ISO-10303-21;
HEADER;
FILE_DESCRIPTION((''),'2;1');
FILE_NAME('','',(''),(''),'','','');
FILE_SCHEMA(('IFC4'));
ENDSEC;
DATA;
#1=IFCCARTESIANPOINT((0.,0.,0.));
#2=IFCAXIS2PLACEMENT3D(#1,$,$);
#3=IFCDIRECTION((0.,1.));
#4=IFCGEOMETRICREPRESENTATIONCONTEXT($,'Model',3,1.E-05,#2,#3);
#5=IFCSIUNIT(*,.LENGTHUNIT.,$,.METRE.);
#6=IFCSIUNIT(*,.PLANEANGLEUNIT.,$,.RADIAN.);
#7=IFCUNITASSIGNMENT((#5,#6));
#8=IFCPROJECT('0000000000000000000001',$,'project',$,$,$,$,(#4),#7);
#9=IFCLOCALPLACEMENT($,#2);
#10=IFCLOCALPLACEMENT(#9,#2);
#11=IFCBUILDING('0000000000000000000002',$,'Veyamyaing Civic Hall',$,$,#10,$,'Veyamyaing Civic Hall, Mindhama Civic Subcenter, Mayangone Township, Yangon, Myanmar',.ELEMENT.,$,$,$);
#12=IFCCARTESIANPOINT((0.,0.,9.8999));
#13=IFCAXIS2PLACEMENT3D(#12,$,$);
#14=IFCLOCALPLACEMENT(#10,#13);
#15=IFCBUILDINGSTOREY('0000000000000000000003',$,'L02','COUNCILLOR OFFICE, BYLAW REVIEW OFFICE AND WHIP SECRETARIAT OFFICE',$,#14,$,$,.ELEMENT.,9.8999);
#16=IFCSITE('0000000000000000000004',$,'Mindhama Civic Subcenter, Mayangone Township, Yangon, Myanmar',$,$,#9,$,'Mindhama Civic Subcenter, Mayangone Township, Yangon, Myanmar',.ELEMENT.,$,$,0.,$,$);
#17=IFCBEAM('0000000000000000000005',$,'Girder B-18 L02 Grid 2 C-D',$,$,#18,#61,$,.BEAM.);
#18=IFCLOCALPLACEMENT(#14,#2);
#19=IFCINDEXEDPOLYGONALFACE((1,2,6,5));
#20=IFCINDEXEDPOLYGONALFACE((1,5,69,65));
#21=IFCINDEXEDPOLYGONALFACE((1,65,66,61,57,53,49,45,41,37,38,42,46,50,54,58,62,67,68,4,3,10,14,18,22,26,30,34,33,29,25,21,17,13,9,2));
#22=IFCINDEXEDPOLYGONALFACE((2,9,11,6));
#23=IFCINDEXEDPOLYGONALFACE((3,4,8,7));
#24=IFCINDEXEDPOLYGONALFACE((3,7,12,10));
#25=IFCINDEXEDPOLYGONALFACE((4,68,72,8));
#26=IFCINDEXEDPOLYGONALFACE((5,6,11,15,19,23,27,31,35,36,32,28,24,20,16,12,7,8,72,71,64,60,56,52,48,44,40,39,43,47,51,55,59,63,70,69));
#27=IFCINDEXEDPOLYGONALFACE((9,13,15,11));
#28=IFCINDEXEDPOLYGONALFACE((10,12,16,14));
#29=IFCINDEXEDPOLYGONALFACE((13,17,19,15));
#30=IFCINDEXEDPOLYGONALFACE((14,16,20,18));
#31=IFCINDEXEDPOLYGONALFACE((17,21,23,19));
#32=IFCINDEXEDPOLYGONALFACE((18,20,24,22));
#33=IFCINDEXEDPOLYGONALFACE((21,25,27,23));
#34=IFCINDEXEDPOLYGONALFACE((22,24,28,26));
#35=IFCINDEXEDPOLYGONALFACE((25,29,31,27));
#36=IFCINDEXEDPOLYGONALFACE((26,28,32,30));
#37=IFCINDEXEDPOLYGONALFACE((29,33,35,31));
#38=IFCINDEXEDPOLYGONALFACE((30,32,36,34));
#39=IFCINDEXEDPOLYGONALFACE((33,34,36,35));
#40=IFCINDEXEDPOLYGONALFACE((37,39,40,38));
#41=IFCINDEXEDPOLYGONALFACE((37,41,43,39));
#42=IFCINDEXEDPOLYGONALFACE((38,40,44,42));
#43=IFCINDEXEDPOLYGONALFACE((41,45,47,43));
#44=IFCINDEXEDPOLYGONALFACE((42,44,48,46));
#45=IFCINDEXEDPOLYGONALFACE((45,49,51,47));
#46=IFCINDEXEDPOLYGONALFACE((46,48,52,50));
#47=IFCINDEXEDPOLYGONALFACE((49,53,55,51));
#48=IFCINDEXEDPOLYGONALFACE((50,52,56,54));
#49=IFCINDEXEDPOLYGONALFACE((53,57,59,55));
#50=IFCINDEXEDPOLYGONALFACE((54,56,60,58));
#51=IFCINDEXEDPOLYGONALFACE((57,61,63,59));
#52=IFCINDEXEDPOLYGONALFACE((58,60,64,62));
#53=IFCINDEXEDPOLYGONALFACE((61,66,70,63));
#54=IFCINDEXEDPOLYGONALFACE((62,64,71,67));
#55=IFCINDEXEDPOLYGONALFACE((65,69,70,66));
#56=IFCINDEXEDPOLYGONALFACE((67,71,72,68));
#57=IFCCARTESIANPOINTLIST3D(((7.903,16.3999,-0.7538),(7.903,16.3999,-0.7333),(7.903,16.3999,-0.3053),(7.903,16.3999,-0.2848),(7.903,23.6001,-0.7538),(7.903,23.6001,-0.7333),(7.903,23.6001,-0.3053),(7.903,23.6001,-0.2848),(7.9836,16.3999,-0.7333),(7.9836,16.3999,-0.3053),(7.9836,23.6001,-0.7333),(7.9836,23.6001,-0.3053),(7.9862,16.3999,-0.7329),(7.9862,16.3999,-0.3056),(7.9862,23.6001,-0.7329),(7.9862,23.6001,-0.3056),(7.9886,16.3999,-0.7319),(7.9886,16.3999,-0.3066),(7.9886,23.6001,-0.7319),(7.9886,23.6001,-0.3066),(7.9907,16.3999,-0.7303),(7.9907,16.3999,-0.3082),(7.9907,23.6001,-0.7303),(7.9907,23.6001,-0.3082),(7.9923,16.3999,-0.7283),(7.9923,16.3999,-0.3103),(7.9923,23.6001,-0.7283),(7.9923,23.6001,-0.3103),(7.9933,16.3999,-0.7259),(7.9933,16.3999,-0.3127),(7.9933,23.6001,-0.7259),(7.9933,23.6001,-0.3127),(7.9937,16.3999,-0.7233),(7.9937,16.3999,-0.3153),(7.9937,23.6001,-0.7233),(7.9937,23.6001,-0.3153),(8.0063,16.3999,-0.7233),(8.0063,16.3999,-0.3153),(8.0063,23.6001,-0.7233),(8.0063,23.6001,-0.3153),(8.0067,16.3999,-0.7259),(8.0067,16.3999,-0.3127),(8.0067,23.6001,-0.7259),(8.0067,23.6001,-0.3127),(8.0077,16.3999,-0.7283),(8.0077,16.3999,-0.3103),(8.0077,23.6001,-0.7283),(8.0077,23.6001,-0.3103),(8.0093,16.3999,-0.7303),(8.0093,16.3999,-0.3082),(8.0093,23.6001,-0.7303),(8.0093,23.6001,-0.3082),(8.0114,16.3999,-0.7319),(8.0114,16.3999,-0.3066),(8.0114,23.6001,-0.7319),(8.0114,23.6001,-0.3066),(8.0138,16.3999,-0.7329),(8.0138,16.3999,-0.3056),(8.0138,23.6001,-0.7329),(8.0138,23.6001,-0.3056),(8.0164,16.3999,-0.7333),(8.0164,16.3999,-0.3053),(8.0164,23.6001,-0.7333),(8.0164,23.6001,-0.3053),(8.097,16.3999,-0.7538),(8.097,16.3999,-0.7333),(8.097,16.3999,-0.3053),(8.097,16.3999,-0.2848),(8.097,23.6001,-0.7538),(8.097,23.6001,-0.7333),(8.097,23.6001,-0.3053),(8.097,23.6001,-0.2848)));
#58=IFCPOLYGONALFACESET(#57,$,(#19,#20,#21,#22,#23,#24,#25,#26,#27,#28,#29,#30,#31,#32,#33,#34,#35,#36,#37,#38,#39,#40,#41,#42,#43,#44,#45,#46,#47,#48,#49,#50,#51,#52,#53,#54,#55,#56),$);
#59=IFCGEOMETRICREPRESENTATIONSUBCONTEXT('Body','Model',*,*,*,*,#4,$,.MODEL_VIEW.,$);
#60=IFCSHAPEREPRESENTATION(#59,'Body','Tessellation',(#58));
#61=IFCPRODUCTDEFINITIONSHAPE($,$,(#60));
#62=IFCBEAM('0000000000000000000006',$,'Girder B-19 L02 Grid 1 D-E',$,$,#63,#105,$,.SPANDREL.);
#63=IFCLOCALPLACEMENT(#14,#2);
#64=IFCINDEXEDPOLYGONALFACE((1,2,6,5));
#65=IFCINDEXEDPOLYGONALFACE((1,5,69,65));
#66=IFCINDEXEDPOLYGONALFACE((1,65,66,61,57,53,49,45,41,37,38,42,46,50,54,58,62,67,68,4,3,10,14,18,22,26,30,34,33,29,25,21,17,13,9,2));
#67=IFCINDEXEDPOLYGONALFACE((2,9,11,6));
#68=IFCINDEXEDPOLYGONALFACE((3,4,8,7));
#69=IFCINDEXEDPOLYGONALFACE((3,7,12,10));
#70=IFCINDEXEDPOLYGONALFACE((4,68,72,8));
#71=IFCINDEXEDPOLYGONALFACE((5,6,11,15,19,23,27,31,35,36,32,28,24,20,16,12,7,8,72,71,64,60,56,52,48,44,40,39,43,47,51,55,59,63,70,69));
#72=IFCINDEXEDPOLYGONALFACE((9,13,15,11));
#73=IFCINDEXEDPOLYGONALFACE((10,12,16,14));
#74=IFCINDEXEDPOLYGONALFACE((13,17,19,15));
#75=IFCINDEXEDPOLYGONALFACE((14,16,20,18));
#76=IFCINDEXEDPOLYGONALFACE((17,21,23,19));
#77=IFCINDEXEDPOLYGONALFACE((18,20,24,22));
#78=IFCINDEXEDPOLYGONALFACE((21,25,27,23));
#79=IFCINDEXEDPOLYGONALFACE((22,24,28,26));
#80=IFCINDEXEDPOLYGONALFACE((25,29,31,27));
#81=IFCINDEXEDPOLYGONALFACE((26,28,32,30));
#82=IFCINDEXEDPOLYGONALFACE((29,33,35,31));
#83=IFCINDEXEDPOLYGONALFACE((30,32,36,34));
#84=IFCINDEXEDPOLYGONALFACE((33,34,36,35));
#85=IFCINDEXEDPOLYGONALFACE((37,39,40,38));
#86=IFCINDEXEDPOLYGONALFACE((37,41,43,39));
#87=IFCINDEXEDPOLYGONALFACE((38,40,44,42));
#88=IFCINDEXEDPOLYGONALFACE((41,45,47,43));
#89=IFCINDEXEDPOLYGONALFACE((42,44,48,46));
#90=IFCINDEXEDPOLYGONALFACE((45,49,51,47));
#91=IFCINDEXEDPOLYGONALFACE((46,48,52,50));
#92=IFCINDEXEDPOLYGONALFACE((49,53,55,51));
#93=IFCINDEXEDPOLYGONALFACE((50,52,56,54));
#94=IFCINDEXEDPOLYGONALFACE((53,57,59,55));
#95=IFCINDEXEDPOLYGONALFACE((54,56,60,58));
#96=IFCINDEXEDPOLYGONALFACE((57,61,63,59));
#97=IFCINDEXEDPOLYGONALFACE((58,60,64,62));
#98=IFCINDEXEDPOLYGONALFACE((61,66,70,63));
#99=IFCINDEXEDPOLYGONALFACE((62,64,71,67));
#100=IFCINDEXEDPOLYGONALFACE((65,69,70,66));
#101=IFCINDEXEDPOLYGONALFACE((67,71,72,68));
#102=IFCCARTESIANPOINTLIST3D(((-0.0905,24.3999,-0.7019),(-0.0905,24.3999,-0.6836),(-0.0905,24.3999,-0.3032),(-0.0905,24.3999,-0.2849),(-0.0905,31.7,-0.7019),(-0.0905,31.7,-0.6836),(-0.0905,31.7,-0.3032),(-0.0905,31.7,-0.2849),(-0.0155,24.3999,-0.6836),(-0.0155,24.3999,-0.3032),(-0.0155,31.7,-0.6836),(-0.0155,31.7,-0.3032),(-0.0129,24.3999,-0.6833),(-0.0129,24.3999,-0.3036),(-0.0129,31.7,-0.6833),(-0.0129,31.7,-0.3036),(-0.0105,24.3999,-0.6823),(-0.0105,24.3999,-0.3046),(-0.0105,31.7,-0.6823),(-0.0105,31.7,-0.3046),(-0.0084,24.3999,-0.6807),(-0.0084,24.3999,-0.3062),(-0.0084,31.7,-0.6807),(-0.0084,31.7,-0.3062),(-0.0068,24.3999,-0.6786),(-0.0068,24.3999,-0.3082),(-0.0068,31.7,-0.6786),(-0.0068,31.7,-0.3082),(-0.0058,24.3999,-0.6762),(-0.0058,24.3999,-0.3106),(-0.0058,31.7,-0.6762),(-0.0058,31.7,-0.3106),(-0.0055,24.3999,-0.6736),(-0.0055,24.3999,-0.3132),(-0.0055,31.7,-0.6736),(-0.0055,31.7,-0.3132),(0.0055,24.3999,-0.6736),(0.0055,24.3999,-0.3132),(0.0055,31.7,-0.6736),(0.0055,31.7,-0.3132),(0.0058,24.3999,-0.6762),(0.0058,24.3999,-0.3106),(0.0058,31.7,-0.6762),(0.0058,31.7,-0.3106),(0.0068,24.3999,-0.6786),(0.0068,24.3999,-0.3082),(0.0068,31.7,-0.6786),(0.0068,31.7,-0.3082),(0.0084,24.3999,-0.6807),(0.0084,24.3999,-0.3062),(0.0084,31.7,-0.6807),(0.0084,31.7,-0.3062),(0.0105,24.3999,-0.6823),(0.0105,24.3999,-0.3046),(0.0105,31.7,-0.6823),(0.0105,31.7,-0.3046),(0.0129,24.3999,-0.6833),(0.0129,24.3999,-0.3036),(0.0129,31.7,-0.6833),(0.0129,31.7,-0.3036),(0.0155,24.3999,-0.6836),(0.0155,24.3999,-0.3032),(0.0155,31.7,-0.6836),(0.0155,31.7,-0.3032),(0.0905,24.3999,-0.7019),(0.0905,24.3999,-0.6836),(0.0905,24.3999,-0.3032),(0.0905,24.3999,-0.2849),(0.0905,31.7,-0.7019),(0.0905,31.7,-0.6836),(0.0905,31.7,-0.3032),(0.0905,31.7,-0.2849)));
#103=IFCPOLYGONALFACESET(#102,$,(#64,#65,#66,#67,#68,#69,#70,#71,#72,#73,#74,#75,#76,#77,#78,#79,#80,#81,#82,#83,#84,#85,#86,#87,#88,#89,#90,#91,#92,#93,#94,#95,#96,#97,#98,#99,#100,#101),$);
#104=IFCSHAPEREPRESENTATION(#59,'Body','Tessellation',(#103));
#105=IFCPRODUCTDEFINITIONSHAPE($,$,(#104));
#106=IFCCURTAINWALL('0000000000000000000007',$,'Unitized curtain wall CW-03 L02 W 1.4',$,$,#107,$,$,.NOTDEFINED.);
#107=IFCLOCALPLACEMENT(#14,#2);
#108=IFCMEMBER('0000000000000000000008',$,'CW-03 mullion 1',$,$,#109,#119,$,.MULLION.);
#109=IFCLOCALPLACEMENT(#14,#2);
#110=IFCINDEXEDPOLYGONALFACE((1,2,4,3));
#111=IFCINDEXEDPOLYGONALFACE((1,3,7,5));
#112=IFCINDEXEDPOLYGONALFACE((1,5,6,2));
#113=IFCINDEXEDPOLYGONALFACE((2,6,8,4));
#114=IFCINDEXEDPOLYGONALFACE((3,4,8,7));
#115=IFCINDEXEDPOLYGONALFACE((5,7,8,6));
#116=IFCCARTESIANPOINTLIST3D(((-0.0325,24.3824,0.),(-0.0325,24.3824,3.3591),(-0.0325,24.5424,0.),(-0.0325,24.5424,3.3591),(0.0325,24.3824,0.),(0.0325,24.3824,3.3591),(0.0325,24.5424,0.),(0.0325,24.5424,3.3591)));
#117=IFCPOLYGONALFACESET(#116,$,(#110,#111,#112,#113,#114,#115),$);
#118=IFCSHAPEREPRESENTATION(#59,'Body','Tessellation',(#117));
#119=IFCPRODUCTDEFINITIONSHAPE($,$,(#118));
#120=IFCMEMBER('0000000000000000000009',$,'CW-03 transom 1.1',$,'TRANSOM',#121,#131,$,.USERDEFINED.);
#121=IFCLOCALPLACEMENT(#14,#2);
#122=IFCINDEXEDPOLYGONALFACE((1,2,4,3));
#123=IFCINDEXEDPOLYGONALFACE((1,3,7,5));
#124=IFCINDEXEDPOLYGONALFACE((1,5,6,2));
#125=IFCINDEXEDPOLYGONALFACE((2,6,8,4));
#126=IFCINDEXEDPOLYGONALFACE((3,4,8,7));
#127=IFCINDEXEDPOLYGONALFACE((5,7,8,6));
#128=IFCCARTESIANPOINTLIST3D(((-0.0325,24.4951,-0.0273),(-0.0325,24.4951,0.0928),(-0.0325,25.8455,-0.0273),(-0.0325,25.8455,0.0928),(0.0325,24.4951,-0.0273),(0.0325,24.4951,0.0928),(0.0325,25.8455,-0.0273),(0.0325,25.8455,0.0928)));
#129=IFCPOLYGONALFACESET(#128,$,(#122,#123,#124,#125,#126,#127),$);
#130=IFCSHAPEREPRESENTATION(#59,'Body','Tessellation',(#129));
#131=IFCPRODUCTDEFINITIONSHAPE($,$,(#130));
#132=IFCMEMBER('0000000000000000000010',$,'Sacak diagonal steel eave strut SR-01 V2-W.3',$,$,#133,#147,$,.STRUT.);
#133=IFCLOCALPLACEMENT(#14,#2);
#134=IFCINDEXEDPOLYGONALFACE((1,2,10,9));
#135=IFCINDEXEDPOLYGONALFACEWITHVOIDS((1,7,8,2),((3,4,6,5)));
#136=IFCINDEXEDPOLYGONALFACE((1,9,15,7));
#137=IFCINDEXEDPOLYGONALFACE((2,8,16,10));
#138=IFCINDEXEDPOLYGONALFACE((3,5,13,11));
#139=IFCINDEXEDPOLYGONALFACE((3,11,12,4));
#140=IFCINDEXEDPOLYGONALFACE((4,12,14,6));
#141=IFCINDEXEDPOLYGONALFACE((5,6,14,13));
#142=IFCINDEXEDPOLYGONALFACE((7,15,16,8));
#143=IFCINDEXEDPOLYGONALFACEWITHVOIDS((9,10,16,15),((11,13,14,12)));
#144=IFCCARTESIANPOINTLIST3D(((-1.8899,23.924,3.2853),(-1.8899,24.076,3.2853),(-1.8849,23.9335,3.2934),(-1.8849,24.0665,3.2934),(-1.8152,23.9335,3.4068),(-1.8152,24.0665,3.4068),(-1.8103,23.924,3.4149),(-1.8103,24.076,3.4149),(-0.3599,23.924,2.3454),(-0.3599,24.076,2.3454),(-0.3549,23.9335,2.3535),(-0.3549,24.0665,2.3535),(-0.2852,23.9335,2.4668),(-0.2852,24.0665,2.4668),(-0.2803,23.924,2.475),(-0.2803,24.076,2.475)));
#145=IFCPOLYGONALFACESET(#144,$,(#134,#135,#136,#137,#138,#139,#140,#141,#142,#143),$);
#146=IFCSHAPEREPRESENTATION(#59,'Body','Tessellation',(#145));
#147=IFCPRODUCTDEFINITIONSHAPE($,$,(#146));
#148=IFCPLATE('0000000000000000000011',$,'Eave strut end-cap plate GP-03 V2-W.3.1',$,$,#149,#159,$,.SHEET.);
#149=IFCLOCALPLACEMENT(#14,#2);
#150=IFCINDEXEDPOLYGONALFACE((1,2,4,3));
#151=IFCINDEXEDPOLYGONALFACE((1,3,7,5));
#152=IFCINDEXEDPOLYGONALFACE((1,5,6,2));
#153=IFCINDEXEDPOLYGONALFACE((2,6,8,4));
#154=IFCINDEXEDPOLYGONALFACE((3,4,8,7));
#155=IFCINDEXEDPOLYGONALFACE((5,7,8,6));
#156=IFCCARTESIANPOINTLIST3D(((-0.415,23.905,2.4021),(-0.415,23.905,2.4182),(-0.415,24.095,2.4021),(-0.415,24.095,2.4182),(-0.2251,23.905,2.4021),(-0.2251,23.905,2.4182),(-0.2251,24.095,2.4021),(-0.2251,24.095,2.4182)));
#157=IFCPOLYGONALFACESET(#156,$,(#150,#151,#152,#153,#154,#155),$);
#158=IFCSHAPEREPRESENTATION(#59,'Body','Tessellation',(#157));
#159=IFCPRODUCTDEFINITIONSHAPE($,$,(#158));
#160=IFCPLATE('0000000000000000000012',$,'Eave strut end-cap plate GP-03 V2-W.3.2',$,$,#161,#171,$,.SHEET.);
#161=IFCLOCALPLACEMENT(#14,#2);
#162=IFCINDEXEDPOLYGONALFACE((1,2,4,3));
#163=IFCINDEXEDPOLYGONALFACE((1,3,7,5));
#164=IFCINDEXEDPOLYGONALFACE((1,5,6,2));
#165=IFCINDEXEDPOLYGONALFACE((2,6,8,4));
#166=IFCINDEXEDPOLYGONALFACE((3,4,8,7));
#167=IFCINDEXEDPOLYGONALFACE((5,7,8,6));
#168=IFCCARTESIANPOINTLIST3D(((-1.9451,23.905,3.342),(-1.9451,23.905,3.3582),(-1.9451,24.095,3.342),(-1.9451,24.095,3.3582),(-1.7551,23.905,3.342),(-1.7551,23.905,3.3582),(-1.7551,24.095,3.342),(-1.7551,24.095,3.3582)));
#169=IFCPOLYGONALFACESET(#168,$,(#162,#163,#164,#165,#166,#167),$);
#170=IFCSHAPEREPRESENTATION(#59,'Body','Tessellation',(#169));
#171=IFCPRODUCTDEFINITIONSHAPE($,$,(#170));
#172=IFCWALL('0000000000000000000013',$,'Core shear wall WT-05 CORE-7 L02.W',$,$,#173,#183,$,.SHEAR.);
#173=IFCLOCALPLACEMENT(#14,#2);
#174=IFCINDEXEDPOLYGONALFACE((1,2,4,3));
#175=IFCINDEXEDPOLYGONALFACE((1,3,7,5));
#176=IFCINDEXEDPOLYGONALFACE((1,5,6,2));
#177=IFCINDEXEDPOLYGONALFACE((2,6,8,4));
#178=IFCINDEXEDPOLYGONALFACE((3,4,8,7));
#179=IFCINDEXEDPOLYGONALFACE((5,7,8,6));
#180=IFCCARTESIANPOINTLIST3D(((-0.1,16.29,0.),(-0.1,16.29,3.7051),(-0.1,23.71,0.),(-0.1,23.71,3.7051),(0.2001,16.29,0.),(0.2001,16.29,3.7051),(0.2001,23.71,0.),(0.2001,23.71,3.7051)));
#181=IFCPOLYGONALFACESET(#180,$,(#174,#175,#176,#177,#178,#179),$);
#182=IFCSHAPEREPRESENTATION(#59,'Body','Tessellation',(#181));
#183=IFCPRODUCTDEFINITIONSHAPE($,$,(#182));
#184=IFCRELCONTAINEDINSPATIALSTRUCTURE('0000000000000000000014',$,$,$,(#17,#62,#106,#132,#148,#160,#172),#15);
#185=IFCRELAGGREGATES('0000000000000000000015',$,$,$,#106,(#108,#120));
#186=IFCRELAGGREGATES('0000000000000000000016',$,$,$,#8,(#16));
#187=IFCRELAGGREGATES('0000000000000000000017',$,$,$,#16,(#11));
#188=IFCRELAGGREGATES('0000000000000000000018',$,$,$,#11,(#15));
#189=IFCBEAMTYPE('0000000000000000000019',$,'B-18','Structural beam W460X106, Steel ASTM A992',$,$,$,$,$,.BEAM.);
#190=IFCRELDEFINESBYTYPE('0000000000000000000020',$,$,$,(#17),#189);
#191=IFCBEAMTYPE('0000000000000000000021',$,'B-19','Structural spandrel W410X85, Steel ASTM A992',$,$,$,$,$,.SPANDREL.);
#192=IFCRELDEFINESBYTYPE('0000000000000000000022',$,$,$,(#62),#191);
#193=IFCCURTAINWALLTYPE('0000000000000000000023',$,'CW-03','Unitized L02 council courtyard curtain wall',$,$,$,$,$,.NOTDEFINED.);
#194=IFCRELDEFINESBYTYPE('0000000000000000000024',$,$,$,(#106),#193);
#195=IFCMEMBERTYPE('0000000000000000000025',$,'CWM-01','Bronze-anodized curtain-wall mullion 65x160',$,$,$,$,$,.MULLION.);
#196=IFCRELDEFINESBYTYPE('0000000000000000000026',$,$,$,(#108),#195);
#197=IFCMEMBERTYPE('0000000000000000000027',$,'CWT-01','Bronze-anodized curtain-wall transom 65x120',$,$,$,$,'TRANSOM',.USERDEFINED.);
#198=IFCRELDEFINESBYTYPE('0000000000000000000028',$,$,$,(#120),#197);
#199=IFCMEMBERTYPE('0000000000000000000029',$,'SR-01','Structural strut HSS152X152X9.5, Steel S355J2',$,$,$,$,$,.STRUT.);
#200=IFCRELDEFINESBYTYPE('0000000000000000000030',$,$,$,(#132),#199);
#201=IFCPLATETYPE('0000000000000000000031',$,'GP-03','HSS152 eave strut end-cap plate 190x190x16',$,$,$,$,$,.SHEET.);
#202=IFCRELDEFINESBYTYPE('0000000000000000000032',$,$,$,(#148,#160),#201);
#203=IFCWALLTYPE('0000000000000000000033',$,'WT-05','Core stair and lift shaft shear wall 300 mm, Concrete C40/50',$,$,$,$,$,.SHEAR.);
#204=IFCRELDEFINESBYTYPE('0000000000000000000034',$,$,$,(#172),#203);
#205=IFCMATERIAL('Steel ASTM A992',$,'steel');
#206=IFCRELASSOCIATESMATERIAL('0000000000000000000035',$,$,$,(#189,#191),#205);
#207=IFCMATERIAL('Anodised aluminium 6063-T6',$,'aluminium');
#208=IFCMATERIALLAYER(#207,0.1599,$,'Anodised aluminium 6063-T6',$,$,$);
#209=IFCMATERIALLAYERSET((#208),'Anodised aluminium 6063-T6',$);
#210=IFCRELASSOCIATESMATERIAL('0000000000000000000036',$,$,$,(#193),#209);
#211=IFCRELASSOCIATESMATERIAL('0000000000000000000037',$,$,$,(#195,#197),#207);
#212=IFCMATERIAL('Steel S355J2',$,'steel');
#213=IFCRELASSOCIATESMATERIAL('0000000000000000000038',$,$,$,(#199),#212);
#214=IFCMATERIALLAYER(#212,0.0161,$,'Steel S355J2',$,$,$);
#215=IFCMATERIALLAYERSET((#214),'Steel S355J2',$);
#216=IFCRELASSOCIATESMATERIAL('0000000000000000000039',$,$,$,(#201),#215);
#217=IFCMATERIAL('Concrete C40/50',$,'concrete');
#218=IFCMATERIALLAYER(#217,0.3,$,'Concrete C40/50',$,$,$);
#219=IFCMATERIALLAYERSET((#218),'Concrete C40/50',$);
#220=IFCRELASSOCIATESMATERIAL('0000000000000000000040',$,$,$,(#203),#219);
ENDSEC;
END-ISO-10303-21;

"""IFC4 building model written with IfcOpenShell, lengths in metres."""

from ifc_helpers import new_model, si_unit, direction, frame, frame_2d, origin, origin_2d, place, context, subcontext, project, spatial, rectangle, hollow_rectangle, i_section, extrude, material, layer, layer_set, material_profile, profile_set, type_object, element, aggregate, save


model = new_model("IFC4")

# Units and contexts
model_context = context("Model", 3, precision=1e-05, world=origin(), true_north=direction((0.0, 1.0)))
body_context = subcontext(model_context, "Body", "Model", "MODEL_VIEW")
ifc_project = project(units=[si_unit("LENGTHUNIT", "METRE"), si_unit("PLANEANGLEUNIT", "RADIAN")], contexts=[model_context])

# Site, building, storey
site_placement = place(None, origin())
site = spatial("IfcSite", under=ifc_project, at=site_placement, Name="Mindhama Civic Subcenter, Mayangone Township, Yangon, Myanmar", LongName="Mindhama Civic Subcenter, Mayangone Township, Yangon, Myanmar", CompositionType="ELEMENT", RefElevation=0.0)
building_placement = place(site_placement, origin())
building = spatial("IfcBuilding", under=site, at=building_placement, Name="Veyamyaing Civic Hall", LongName="Veyamyaing Civic Hall, Mindhama Civic Subcenter, Mayangone Township, Yangon, Myanmar", CompositionType="ELEMENT")
storey_placement = place(building_placement, frame((0.0, 0.0, 9.8999)))
storey = spatial("IfcBuildingStorey", under=building, at=storey_placement, Name="L02", Description="COUNCILLOR OFFICE, BYLAW REVIEW OFFICE AND WHIP SECRETARIAT OFFICE", CompositionType="ELEMENT", Elevation=9.8999)

# Beams
ifc_material_1 = material(Name="Steel ASTM A992", Category="steel")
ifc_material_profile_1 = material_profile(ifc_material_1, i_section(OverallWidth=0.1941, OverallDepth=0.469, WebThickness=0.0127, FlangeThickness=0.0205, FilletRadius=0.01, at=origin_2d()), Name="W460X106")
ifc_profile_set_1 = profile_set([ifc_material_profile_1], Name="Steel ASTM A992")
beam_type_1 = type_object("IfcBeamType", Name="B-18", Description="Structural beam W460X106, Steel ASTM A992", PredefinedType="BEAM", material=ifc_profile_set_1)
beam_1_placement = place(storey_placement, frame((8.0, 16.3999, -0.5193), z_axis=(0.0, 1.0, 0.0), x_axis=(-1.0, 0.0, 0.0)))
element("IfcBeam", 1, at=beam_1_placement, inside=storey, type_object=beam_type_1, Name="Girder B-18 L02 Grid 2 C-D", PredefinedType="BEAM", context=body_context, shape_type="SweptSolid", body=[
    extrude(i_section(OverallWidth=0.1941, OverallDepth=0.469, WebThickness=0.0127, FlangeThickness=0.0205, FilletRadius=0.01, at=origin_2d()), origin(), (0.0, 0.0, 1.0), 7.2002),
])
ifc_material_profile_2 = material_profile(ifc_material_1, i_section(OverallWidth=0.1809, OverallDepth=0.417, WebThickness=0.011, FlangeThickness=0.0183, FilletRadius=0.01, at=origin_2d()), Name="W410X85")
ifc_profile_set_2 = profile_set([ifc_material_profile_2], Name="Steel ASTM A992")
beam_type_2 = type_object("IfcBeamType", Name="B-19", Description="Structural spandrel W410X85, Steel ASTM A992", PredefinedType="SPANDREL", material=ifc_profile_set_2)
beam_2_placement = place(storey_placement, frame((0.0, 24.3999, -0.4934), z_axis=(0.0, 1.0, 0.0), x_axis=(-1.0, 0.0, 0.0)))
element("IfcBeam", 2, at=beam_2_placement, inside=storey, type_object=beam_type_2, Name="Girder B-19 L02 Grid 1 D-E", PredefinedType="SPANDREL", context=body_context, shape_type="SweptSolid", body=[
    extrude(i_section(OverallWidth=0.1809, OverallDepth=0.417, WebThickness=0.011, FlangeThickness=0.0183, FilletRadius=0.01, at=origin_2d()), origin(), (0.0, 0.0, 1.0), 7.3),
])

# Curtain wall, members
ifc_material_2 = material(Name="Anodised aluminium 6063-T6", Category="aluminium")
ifc_layer_1 = layer(ifc_material_2, 0.1599, Name="Anodised aluminium 6063-T6")
ifc_layer_set_1 = layer_set([ifc_layer_1], Name="Anodised aluminium 6063-T6")
curtain_wall_type = type_object("IfcCurtainWallType", Name="CW-03", Description="Unitized L02 council courtyard curtain wall", PredefinedType="NOTDEFINED", material=ifc_layer_set_1)
curtain_wall_placement = place(storey_placement, origin())
curtain_wall = element("IfcCurtainWall", 3, at=curtain_wall_placement, inside=storey, type_object=curtain_wall_type, Name="Unitized curtain wall CW-03 L02 W 1.4", PredefinedType="NOTDEFINED")
ifc_material_profile_3 = material_profile(ifc_material_2, rectangle(XDim=0.0649, YDim=0.1599, at=origin_2d()), Name="ALU-MUL-65X160")
ifc_profile_set_3 = profile_set([ifc_material_profile_3], Name="Anodised aluminium 6063-T6")
member_type_1 = type_object("IfcMemberType", Name="CWM-01", Description="Bronze-anodized curtain-wall mullion 65x160", PredefinedType="MULLION", material=ifc_profile_set_3)
member_1_placement = place(storey_placement, frame((0.0, 24.4624, 0.0), z_axis=(0.0, 0.0, 1.0), x_axis=(-1.0, 0.0, 0.0)))
member_1 = element("IfcMember", 4, at=member_1_placement, type_object=member_type_1, Name="CW-03 mullion 1", PredefinedType="MULLION", context=body_context, shape_type="SweptSolid", body=[
    extrude(rectangle(XDim=0.0649, YDim=0.1599, at=origin_2d()), origin(), (0.0, 0.0, 1.0), 3.3591),
])
ifc_material_profile_4 = material_profile(ifc_material_2, rectangle(XDim=0.0649, YDim=0.1201, at=origin_2d()), Name="ALU-TRN-65X120")
ifc_profile_set_4 = profile_set([ifc_material_profile_4], Name="Anodised aluminium 6063-T6")
member_type_2 = type_object("IfcMemberType", Name="CWT-01", Description="Bronze-anodized curtain-wall transom 65x120", ElementType="TRANSOM", PredefinedType="USERDEFINED", material=ifc_profile_set_4)
member_2_placement = place(storey_placement, frame((0.0, 24.4951, 0.0327), z_axis=(0.0, 1.0, 0.0), x_axis=(-1.0, 0.0, 0.0)))
member_2 = element("IfcMember", 5, at=member_2_placement, type_object=member_type_2, Name="CW-03 transom 1.1", ObjectType="TRANSOM", PredefinedType="USERDEFINED", context=body_context, shape_type="SweptSolid", body=[
    extrude(rectangle(XDim=0.0649, YDim=0.1201, at=origin_2d()), origin(), (0.0, 0.0, 1.0), 1.3503),
])
aggregate(curtain_wall, [member_1, member_2])

# Member
ifc_material_3 = material(Name="Steel S355J2", Category="steel")
ifc_material_profile_5 = material_profile(ifc_material_3, hollow_rectangle(XDim=0.1521, YDim=0.1521, WallThickness=0.0095, at=origin_2d()), Name="HSS152X152X9.5")
ifc_profile_set_5 = profile_set([ifc_material_profile_5], Name="Steel S355J2")
member_type_3 = type_object("IfcMemberType", Name="SR-01", Description="Structural strut HSS152X152X9.5, Steel S355J2", PredefinedType="STRUT", material=ifc_profile_set_5)
member_3_placement = place(storey_placement, frame((-0.3201, 24.0, 2.4102), z_axis=(-0.85206, 0.0, 0.523445), x_axis=(0.0, -1.0, 0.0)))
element("IfcMember", 6, at=member_3_placement, inside=storey, type_object=member_type_3, Name="Sacak diagonal steel eave strut SR-01 V2-W.3", PredefinedType="STRUT", context=body_context, shape_type="SweptSolid", body=[
    extrude(hollow_rectangle(XDim=0.1521, YDim=0.1521, WallThickness=0.0095, at=origin_2d()), origin(), (0.0, 0.0, 1.0), 1.7957),
])

# Plates
ifc_layer_2 = layer(ifc_material_3, 0.0161, Name="Steel S355J2")
ifc_layer_set_2 = layer_set([ifc_layer_2], Name="Steel S355J2")
plate_type = type_object("IfcPlateType", Name="GP-03", Description="HSS152 eave strut end-cap plate 190x190x16", PredefinedType="SHEET", material=ifc_layer_set_2)
for number, where, z_axis, x_axis, name in (
    (7, (-0.3201, 24.0, 2.4021), (0.0, 0.0, 1.0), (1.0, 0.0, 0.0), "Eave strut end-cap plate GP-03 V2-W.3.1"),
    (8, (-1.8501, 24.0, 3.342), (0.0, 0.0, 1.0), (1.0, 0.0, 0.0), "Eave strut end-cap plate GP-03 V2-W.3.2"),
):
    element("IfcPlate", number, at=place(storey_placement, frame(where, z_axis=z_axis, x_axis=x_axis)), inside=storey, type_object=plate_type, Name=name, PredefinedType="SHEET", context=body_context, shape_type="SweptSolid", body=[
        extrude(rectangle(XDim=0.1899, YDim=0.1899, at=origin_2d()), origin(), (0.0, 0.0, 1.0), 0.0161),
    ])

# Wall
ifc_material_4 = material(Name="Concrete C40/50", Category="concrete")
ifc_layer_3 = layer(ifc_material_4, 0.3, Name="Concrete C40/50")
ifc_layer_set_3 = layer_set([ifc_layer_3], Name="Concrete C40/50")
wall_type_1 = type_object("IfcWallType", Name="WT-05", Description="Core stair and lift shaft shear wall 300 mm, Concrete C40/50", PredefinedType="SHEAR", material=ifc_layer_set_3)
for number, where, z_axis, x_axis, name in (
    (9, (0.05, 16.29, 0.0), (0.0, 0.0, 1.0), (0.0, 1.0, 0.0), "Core shear wall WT-05 CORE-7 L02.W"),
):
    element("IfcWall", number, at=place(storey_placement, frame(where, z_axis=z_axis, x_axis=x_axis)), inside=storey, type_object=wall_type_1, Name=name, PredefinedType="SHEAR", context=body_context, shape_type="SweptSolid", body=[
        extrude(rectangle(XDim=7.4199, YDim=0.3, at=frame_2d((3.71, 0.0))), origin(), (0.0, 0.0, 1.0), 3.7051),
    ])

save(model, "model.ifc")
